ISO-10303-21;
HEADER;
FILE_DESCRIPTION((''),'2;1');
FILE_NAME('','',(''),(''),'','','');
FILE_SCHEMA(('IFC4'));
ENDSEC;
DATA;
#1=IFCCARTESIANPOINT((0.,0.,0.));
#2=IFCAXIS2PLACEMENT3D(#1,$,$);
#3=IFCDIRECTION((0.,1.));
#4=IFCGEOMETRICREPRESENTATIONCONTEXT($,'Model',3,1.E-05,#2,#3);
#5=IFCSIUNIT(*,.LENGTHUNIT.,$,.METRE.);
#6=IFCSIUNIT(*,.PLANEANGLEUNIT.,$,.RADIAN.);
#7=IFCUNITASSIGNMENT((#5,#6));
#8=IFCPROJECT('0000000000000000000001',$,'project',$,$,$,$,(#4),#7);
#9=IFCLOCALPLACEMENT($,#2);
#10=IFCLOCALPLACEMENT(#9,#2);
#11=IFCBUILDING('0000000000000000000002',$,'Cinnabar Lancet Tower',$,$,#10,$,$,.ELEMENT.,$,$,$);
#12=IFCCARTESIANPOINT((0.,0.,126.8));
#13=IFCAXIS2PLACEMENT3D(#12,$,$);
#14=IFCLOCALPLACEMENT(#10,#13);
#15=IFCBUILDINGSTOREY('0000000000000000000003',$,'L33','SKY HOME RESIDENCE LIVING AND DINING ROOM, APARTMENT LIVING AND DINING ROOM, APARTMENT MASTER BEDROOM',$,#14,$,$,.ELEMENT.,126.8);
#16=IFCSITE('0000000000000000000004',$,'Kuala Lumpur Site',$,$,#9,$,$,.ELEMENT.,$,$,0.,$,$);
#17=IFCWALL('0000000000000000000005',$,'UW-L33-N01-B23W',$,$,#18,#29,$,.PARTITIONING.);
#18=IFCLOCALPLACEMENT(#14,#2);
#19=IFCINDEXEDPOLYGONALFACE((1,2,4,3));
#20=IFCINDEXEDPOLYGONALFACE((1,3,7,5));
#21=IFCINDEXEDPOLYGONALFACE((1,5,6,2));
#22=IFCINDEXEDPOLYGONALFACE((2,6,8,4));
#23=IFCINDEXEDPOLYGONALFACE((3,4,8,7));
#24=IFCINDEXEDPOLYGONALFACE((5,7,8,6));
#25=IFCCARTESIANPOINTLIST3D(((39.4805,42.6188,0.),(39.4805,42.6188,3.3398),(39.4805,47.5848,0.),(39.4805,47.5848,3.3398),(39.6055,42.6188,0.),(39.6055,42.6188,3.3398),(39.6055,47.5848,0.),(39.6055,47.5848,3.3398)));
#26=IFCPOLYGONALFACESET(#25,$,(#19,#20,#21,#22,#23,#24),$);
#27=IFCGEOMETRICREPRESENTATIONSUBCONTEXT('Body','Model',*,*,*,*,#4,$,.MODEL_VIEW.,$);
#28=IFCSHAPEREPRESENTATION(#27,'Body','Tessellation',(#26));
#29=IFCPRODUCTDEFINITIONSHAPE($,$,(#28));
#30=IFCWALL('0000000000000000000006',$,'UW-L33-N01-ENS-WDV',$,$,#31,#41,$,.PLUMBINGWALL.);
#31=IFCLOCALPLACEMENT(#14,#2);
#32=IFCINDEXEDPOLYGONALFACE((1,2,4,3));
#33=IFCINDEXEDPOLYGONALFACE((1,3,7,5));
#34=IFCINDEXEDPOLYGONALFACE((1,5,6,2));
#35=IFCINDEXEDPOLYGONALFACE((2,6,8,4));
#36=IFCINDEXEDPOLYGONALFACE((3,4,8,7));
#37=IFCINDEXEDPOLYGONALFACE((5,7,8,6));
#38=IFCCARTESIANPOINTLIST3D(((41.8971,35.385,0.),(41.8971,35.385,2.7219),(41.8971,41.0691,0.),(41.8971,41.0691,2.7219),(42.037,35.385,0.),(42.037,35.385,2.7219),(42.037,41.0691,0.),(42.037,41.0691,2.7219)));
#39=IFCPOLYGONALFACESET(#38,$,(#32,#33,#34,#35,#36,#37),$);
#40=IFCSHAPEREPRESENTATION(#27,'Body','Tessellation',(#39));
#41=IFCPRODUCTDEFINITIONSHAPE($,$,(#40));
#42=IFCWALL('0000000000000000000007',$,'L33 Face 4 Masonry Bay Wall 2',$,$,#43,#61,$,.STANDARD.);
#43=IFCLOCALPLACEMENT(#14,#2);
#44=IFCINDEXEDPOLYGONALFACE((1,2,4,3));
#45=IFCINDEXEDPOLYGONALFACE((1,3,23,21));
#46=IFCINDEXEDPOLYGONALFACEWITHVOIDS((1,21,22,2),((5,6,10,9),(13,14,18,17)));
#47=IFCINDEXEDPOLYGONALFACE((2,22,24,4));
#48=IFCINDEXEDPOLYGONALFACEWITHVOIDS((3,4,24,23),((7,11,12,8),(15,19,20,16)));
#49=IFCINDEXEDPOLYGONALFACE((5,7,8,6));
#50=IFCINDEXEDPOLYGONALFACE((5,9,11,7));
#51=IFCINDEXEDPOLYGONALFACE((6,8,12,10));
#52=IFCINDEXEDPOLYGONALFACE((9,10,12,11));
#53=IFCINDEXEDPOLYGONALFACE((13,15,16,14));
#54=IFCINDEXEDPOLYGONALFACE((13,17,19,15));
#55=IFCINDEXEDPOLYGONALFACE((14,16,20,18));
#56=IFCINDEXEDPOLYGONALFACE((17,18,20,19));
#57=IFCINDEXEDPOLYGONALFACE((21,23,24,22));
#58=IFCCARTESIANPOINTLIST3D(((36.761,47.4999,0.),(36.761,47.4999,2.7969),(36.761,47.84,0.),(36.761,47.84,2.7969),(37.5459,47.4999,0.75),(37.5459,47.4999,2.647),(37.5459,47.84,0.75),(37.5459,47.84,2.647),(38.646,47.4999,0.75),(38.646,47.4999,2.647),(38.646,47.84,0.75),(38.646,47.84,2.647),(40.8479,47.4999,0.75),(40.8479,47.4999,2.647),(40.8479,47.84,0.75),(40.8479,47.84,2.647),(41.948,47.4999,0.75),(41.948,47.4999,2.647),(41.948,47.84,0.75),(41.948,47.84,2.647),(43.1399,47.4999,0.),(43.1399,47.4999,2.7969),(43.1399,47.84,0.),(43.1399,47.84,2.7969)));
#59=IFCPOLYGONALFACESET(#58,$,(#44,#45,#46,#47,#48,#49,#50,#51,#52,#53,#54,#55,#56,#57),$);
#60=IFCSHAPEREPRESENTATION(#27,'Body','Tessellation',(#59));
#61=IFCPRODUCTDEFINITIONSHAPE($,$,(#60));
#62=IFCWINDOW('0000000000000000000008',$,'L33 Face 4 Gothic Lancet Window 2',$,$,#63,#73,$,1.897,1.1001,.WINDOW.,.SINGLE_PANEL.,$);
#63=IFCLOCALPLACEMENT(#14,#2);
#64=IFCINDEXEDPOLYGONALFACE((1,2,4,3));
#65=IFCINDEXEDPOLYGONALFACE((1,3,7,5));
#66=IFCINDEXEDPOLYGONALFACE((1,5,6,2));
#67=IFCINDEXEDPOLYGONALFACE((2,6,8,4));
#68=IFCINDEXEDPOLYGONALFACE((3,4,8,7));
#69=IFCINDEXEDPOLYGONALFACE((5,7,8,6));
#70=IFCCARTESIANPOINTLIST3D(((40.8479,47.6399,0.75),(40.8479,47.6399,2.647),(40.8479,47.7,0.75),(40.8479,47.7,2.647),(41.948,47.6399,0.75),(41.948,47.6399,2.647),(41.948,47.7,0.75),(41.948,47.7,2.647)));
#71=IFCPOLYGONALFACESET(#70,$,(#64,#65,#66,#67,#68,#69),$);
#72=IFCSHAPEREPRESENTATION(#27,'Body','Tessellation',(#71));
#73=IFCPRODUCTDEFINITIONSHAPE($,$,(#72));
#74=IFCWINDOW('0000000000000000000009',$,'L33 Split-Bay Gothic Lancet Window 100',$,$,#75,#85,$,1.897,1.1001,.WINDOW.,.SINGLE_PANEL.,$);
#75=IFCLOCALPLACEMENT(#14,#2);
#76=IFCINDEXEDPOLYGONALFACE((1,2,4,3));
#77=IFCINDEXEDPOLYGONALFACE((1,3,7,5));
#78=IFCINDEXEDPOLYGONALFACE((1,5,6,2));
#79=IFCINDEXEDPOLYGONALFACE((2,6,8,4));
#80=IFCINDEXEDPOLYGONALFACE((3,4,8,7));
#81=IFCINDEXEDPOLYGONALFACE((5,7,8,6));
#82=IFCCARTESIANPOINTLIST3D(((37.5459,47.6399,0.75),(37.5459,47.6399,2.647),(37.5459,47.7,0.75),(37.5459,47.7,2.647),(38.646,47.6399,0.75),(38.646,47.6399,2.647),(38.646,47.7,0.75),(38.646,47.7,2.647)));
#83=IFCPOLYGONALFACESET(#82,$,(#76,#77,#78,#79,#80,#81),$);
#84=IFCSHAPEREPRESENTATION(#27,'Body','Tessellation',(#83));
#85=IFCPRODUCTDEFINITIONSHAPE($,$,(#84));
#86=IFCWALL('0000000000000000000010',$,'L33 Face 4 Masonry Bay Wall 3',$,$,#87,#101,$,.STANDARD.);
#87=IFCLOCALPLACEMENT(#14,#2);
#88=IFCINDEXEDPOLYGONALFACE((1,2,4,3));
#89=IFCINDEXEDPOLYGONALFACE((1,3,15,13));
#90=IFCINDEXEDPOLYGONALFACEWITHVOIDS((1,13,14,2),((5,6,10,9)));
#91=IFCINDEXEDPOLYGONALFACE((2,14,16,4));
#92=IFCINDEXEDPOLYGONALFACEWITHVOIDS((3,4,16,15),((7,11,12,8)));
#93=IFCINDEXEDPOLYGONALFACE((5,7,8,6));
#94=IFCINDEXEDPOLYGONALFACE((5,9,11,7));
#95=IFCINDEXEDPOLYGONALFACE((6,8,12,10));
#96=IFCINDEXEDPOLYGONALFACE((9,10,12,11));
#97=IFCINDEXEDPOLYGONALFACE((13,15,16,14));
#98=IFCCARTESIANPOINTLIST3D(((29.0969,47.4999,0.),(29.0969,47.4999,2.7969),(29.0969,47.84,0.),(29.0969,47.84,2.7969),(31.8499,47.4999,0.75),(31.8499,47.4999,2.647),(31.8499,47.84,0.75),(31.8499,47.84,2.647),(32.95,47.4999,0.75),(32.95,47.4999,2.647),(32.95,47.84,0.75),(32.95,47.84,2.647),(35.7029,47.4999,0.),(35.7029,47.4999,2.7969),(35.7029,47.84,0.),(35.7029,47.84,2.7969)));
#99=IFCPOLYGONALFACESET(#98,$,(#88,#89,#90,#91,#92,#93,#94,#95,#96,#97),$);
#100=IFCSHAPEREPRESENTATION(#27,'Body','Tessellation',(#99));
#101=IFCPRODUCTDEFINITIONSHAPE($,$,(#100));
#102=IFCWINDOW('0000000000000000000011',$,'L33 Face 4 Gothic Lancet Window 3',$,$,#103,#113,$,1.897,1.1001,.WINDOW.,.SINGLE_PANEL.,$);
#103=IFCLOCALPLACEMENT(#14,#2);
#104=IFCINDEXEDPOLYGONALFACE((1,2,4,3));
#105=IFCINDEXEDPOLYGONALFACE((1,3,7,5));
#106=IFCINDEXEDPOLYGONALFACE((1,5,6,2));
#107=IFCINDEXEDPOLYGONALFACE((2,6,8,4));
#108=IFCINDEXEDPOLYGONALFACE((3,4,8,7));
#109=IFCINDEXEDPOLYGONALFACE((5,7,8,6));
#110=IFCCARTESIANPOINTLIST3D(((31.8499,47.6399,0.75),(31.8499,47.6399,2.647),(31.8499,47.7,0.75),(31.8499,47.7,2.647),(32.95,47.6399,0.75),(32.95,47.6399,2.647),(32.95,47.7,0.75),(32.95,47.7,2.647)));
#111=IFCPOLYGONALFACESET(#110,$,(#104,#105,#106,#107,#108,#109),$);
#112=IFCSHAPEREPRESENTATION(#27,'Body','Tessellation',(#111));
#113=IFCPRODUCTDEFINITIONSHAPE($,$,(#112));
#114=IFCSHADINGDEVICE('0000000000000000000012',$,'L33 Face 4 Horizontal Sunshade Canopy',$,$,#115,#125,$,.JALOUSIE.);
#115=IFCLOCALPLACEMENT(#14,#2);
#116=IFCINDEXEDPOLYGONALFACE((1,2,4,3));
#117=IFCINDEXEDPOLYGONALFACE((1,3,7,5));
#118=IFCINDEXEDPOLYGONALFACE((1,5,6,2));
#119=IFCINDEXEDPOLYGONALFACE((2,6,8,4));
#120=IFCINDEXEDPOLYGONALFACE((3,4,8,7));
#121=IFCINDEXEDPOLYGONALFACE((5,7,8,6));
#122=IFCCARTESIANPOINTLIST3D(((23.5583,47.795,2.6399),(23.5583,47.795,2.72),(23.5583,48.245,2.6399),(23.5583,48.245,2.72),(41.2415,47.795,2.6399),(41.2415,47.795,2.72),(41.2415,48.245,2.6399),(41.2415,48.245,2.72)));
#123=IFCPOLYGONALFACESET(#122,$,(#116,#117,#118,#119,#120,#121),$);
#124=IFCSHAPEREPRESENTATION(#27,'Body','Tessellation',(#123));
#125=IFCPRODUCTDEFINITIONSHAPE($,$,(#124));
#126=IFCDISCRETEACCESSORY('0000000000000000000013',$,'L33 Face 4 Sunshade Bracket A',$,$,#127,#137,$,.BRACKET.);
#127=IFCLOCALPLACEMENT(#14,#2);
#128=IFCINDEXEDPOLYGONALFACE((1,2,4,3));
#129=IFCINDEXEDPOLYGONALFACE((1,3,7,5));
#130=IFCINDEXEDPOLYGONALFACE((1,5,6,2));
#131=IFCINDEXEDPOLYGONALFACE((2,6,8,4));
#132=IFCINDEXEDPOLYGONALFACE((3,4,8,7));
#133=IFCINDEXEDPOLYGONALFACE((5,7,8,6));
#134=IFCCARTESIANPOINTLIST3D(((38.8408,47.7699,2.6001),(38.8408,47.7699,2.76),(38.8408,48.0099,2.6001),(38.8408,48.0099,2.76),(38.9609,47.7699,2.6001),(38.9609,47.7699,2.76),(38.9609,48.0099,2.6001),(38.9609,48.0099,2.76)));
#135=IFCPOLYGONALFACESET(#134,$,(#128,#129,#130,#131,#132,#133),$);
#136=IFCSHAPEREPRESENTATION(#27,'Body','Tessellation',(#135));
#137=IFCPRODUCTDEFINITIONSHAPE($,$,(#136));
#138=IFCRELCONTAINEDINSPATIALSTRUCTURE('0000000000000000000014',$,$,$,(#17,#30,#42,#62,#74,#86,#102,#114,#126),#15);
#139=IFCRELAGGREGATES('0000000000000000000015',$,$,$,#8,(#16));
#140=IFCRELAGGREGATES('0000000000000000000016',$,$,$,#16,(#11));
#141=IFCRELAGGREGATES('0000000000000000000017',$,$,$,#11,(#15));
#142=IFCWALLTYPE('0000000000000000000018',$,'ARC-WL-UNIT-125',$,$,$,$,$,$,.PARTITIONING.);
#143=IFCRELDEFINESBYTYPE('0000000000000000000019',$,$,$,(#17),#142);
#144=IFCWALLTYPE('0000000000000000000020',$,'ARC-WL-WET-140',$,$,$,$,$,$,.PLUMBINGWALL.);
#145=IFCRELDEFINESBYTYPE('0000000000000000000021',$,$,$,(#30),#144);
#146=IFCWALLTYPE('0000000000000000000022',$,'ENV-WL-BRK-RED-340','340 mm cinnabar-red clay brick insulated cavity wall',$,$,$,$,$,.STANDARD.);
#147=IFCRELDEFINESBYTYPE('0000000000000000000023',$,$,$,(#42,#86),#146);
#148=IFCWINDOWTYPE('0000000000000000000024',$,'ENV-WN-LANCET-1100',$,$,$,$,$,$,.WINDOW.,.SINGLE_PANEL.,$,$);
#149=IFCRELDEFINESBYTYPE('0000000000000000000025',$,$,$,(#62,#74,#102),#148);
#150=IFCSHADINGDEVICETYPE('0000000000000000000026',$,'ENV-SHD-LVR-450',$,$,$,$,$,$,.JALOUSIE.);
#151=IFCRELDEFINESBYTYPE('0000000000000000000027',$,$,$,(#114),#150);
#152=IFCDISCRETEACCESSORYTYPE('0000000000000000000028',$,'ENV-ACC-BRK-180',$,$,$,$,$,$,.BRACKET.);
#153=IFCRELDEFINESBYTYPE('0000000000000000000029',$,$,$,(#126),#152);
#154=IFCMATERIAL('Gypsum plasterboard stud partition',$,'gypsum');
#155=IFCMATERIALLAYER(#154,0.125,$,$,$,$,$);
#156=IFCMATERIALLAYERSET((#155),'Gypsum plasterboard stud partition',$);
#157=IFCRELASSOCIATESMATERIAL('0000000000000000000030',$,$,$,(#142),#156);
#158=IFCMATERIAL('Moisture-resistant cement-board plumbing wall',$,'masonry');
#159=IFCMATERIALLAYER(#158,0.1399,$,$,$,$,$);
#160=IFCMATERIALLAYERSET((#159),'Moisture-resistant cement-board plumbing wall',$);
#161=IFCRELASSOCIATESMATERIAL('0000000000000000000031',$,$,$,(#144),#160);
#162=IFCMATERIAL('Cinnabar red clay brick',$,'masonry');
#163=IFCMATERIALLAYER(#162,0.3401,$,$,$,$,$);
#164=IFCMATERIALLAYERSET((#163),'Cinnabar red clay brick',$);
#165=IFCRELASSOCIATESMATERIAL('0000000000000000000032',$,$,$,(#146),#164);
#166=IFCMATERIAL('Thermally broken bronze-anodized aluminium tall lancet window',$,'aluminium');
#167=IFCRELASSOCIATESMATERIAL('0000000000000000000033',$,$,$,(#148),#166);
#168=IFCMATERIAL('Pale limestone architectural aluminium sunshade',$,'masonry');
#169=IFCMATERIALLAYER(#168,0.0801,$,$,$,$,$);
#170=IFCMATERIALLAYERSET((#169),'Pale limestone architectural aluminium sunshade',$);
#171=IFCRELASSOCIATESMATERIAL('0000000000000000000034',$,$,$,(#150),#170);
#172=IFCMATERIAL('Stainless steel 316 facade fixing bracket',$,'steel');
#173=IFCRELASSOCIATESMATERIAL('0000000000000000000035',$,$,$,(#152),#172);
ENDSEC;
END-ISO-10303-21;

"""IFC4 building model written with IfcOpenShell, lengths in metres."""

from ifc_helpers import new_model, si_unit, direction, frame, frame_2d, origin, origin_2d, place, context, subcontext, project, spatial, rectangle, extrude, material, layer, layer_set, type_object, element, fill, save


model = new_model("IFC4")

# Units and contexts
model_context = context("Model", 3, precision=1e-05, world=origin(), true_north=direction((0.0, 1.0)))
body_context = subcontext(model_context, "Body", "Model", "MODEL_VIEW")
ifc_project = project(units=[si_unit("LENGTHUNIT", "METRE"), si_unit("PLANEANGLEUNIT", "RADIAN")], contexts=[model_context])

# Site, building, storey
site_placement = place(None, origin())
site = spatial("IfcSite", under=ifc_project, at=site_placement, Name="Kuala Lumpur Site", CompositionType="ELEMENT", RefElevation=0.0)
building_placement = place(site_placement, origin())
building = spatial("IfcBuilding", under=site, at=building_placement, Name="Cinnabar Lancet Tower", CompositionType="ELEMENT")
storey_placement = place(building_placement, frame((0.0, 0.0, 126.8)))
storey = spatial("IfcBuildingStorey", under=building, at=storey_placement, Name="L33", Description="SKY HOME RESIDENCE LIVING AND DINING ROOM, APARTMENT LIVING AND DINING ROOM, APARTMENT MASTER BEDROOM", CompositionType="ELEMENT", Elevation=126.8)

# Shared definitions
ifc_material_1 = material(Name="Gypsum plasterboard stud partition", Category="gypsum")
ifc_layer_1 = layer(ifc_material_1, 0.125)
ifc_layer_set_1 = layer_set([ifc_layer_1], Name="Gypsum plasterboard stud partition")
wall_type_1 = type_object("IfcWallType", Name="ARC-WL-UNIT-125", PredefinedType="PARTITIONING", material=ifc_layer_set_1)

# Walls
for number, where, z_axis, x_axis, name in (
    (1, (39.543, 42.6189, 0.0), (0.0, 0.0, 1.0), (0.0, 1.0, 0.0), "UW-L33-N01-B23W"),
):
    element("IfcWall", number, at=place(storey_placement, frame(where, z_axis=z_axis, x_axis=x_axis)), inside=storey, type_object=wall_type_1, Name=name, PredefinedType="PARTITIONING", context=body_context, shape_type="SweptSolid", body=[
        extrude(rectangle(XDim=4.9661, YDim=0.125, at=frame_2d((2.4829, 0.0))), origin(), (0.0, 0.0, 1.0), 3.3398),
    ])
ifc_material_2 = material(Name="Moisture-resistant cement-board plumbing wall", Category="masonry")
ifc_layer_2 = layer(ifc_material_2, 0.1399)
ifc_layer_set_2 = layer_set([ifc_layer_2], Name="Moisture-resistant cement-board plumbing wall")
wall_type_2 = type_object("IfcWallType", Name="ARC-WL-WET-140", PredefinedType="PLUMBINGWALL", material=ifc_layer_set_2)
wall_1_placement = place(storey_placement, frame((41.967, 35.385, 0.0), z_axis=(0.0, 0.0, 1.0), x_axis=(0.0, 1.0, 0.0)))
element("IfcWall", 2, at=wall_1_placement, inside=storey, type_object=wall_type_2, Name="UW-L33-N01-ENS-WDV", PredefinedType="PLUMBINGWALL", context=body_context, shape_type="SweptSolid", body=[
    extrude(rectangle(XDim=5.6841, YDim=0.1399, at=frame_2d((2.842, 0.0))), origin(), (0.0, 0.0, 1.0), 2.7219),
])

# Wall, openings, windows
ifc_material_3 = material(Name="Cinnabar red clay brick", Category="masonry")
ifc_layer_3 = layer(ifc_material_3, 0.3401)
ifc_layer_set_3 = layer_set([ifc_layer_3], Name="Cinnabar red clay brick")
wall_type_3 = type_object("IfcWallType", Name="ENV-WL-BRK-RED-340", Description="340 mm cinnabar-red clay brick insulated cavity wall", PredefinedType="STANDARD", material=ifc_layer_set_3)
wall_2_placement = place(storey_placement, frame((43.1399, 47.6699, 0.0), z_axis=(0.0, 0.0, 1.0), x_axis=(-1.0, 0.0, 0.0)))
wall_2 = element("IfcWall", 3, at=wall_2_placement, inside=storey, type_object=wall_type_3, Name="L33 Face 4 Masonry Bay Wall 2", PredefinedType="STANDARD", context=body_context, shape_type="SweptSolid", body=[
    extrude(rectangle(XDim=6.3789, YDim=0.3401, at=frame_2d((3.1895, 0.0))), origin(), (0.0, 0.0, 1.0), 2.7969),
])
opening_1_placement = place(wall_2_placement, frame((1.1919, 0.0, 0.75)))
opening_1 = element("IfcOpeningElement", 4, at=opening_1_placement, cuts=wall_2, PredefinedType="OPENING", context=body_context, shape_type="SweptSolid", body=[
    extrude(rectangle(XDim=1.1001, YDim=1.897, at=frame_2d((0.55, 0.9485))), frame((0.0, 0.1799, 0.0), z_axis=(0.0, -1.0, 0.0), x_axis=(1.0, 0.0, 0.0)), (0.0, 0.0, 1.0), 0.3601),
])
opening_2_placement = place(wall_2_placement, frame((4.4939, 0.0, 0.75)))
opening_2 = element("IfcOpeningElement", 5, at=opening_2_placement, cuts=wall_2, PredefinedType="OPENING", context=body_context, shape_type="SweptSolid", body=[
    extrude(rectangle(XDim=1.1001, YDim=1.897, at=frame_2d((0.55, 0.9485))), frame((0.0, 0.1799, 0.0), z_axis=(0.0, -1.0, 0.0), x_axis=(1.0, 0.0, 0.0)), (0.0, 0.0, 1.0), 0.3601),
])
ifc_material_4 = material(Name="Thermally broken bronze-anodized aluminium tall lancet window", Category="aluminium")
window_type = type_object("IfcWindowType", Name="ENV-WN-LANCET-1100", PartitioningType="SINGLE_PANEL", PredefinedType="WINDOW", material=ifc_material_4)
window_1_placement = place(opening_1_placement, origin())
window_1 = element("IfcWindow", 6, at=window_1_placement, inside=storey, type_object=window_type, Name="L33 Face 4 Gothic Lancet Window 2", OverallHeight=1.897, OverallWidth=1.1001, PartitioningType="SINGLE_PANEL", PredefinedType="WINDOW", context=body_context, shape_type="SweptSolid", body=[
    extrude(rectangle(XDim=1.1001, YDim=1.897, at=frame_2d((0.55, 0.9485))), frame((0.0, 0.03, 0.0), z_axis=(0.0, -1.0, 0.0), x_axis=(1.0, 0.0, 0.0)), (0.0, 0.0, 1.0), 0.0601),
])
fill(opening_1, window_1)
window_2_placement = place(opening_2_placement, origin())
window_2 = element("IfcWindow", 7, at=window_2_placement, inside=storey, type_object=window_type, Name="L33 Split-Bay Gothic Lancet Window 100", OverallHeight=1.897, OverallWidth=1.1001, PartitioningType="SINGLE_PANEL", PredefinedType="WINDOW", context=body_context, shape_type="SweptSolid", body=[
    extrude(rectangle(XDim=1.1001, YDim=1.897, at=frame_2d((0.55, 0.9485))), frame((0.0, 0.03, 0.0), z_axis=(0.0, -1.0, 0.0), x_axis=(1.0, 0.0, 0.0)), (0.0, 0.0, 1.0), 0.0601),
])
fill(opening_2, window_2)

# Wall, opening, window
wall_3_placement = place(storey_placement, frame((35.7029, 47.6699, 0.0), z_axis=(0.0, 0.0, 1.0), x_axis=(-1.0, 0.0, 0.0)))
wall_3 = element("IfcWall", 8, at=wall_3_placement, inside=storey, type_object=wall_type_3, Name="L33 Face 4 Masonry Bay Wall 3", PredefinedType="STANDARD", context=body_context, shape_type="SweptSolid", body=[
    extrude(rectangle(XDim=6.606, YDim=0.3401, at=frame_2d((3.303, 0.0))), origin(), (0.0, 0.0, 1.0), 2.7969),
])
opening_3_placement = place(wall_3_placement, frame((2.7529, 0.0, 0.75)))
opening_3 = element("IfcOpeningElement", 9, at=opening_3_placement, cuts=wall_3, PredefinedType="OPENING", context=body_context, shape_type="SweptSolid", body=[
    extrude(rectangle(XDim=1.1001, YDim=1.897, at=frame_2d((0.55, 0.9485))), frame((0.0, 0.1799, 0.0), z_axis=(0.0, -1.0, 0.0), x_axis=(1.0, 0.0, 0.0)), (0.0, 0.0, 1.0), 0.3601),
])
window_3_placement = place(opening_3_placement, origin())
window_3 = element("IfcWindow", 10, at=window_3_placement, inside=storey, type_object=window_type, Name="L33 Face 4 Gothic Lancet Window 3", OverallHeight=1.897, OverallWidth=1.1001, PartitioningType="SINGLE_PANEL", PredefinedType="WINDOW", context=body_context, shape_type="SweptSolid", body=[
    extrude(rectangle(XDim=1.1001, YDim=1.897, at=frame_2d((0.55, 0.9485))), frame((0.0, 0.03, 0.0), z_axis=(0.0, -1.0, 0.0), x_axis=(1.0, 0.0, 0.0)), (0.0, 0.0, 1.0), 0.0601),
])
fill(opening_3, window_3)

# Shading device
ifc_material_5 = material(Name="Pale limestone architectural aluminium sunshade", Category="masonry")
ifc_layer_4 = layer(ifc_material_5, 0.0801)
ifc_layer_set_4 = layer_set([ifc_layer_4], Name="Pale limestone architectural aluminium sunshade")
shading_device_type = type_object("IfcShadingDeviceType", Name="ENV-SHD-LVR-450", PredefinedType="JALOUSIE", material=ifc_layer_set_4)
shading_device_placement = place(storey_placement, frame((32.3999, 48.02, 2.6399), z_axis=(0.0, 0.0, 1.0), x_axis=(-1.0, 0.0, 0.0)))
element("IfcShadingDevice", 11, at=shading_device_placement, inside=storey, type_object=shading_device_type, Name="L33 Face 4 Horizontal Sunshade Canopy", PredefinedType="JALOUSIE", context=body_context, shape_type="SweptSolid", body=[
    extrude(rectangle(XDim=17.6831, YDim=0.45, at=origin_2d()), origin(), (0.0, 0.0, 1.0), 0.0801),
])

# Discrete accessory
ifc_material_6 = material(Name="Stainless steel 316 facade fixing bracket", Category="steel")
discrete_accessory_type = type_object("IfcDiscreteAccessoryType", Name="ENV-ACC-BRK-180", PredefinedType="BRACKET", material=ifc_material_6)
discrete_accessory_placement = place(storey_placement, frame((38.9009, 47.8899, 2.6001), z_axis=(0.0, 0.0, 1.0), x_axis=(-1.0, 0.0, 0.0)))
element("IfcDiscreteAccessory", 12, at=discrete_accessory_placement, inside=storey, type_object=discrete_accessory_type, Name="L33 Face 4 Sunshade Bracket A", PredefinedType="BRACKET", context=body_context, shape_type="SweptSolid", body=[
    extrude(rectangle(XDim=0.1201, YDim=0.24, at=origin_2d()), origin(), (0.0, 0.0, 1.0), 0.1599),
])

save(model, "model.ifc")
